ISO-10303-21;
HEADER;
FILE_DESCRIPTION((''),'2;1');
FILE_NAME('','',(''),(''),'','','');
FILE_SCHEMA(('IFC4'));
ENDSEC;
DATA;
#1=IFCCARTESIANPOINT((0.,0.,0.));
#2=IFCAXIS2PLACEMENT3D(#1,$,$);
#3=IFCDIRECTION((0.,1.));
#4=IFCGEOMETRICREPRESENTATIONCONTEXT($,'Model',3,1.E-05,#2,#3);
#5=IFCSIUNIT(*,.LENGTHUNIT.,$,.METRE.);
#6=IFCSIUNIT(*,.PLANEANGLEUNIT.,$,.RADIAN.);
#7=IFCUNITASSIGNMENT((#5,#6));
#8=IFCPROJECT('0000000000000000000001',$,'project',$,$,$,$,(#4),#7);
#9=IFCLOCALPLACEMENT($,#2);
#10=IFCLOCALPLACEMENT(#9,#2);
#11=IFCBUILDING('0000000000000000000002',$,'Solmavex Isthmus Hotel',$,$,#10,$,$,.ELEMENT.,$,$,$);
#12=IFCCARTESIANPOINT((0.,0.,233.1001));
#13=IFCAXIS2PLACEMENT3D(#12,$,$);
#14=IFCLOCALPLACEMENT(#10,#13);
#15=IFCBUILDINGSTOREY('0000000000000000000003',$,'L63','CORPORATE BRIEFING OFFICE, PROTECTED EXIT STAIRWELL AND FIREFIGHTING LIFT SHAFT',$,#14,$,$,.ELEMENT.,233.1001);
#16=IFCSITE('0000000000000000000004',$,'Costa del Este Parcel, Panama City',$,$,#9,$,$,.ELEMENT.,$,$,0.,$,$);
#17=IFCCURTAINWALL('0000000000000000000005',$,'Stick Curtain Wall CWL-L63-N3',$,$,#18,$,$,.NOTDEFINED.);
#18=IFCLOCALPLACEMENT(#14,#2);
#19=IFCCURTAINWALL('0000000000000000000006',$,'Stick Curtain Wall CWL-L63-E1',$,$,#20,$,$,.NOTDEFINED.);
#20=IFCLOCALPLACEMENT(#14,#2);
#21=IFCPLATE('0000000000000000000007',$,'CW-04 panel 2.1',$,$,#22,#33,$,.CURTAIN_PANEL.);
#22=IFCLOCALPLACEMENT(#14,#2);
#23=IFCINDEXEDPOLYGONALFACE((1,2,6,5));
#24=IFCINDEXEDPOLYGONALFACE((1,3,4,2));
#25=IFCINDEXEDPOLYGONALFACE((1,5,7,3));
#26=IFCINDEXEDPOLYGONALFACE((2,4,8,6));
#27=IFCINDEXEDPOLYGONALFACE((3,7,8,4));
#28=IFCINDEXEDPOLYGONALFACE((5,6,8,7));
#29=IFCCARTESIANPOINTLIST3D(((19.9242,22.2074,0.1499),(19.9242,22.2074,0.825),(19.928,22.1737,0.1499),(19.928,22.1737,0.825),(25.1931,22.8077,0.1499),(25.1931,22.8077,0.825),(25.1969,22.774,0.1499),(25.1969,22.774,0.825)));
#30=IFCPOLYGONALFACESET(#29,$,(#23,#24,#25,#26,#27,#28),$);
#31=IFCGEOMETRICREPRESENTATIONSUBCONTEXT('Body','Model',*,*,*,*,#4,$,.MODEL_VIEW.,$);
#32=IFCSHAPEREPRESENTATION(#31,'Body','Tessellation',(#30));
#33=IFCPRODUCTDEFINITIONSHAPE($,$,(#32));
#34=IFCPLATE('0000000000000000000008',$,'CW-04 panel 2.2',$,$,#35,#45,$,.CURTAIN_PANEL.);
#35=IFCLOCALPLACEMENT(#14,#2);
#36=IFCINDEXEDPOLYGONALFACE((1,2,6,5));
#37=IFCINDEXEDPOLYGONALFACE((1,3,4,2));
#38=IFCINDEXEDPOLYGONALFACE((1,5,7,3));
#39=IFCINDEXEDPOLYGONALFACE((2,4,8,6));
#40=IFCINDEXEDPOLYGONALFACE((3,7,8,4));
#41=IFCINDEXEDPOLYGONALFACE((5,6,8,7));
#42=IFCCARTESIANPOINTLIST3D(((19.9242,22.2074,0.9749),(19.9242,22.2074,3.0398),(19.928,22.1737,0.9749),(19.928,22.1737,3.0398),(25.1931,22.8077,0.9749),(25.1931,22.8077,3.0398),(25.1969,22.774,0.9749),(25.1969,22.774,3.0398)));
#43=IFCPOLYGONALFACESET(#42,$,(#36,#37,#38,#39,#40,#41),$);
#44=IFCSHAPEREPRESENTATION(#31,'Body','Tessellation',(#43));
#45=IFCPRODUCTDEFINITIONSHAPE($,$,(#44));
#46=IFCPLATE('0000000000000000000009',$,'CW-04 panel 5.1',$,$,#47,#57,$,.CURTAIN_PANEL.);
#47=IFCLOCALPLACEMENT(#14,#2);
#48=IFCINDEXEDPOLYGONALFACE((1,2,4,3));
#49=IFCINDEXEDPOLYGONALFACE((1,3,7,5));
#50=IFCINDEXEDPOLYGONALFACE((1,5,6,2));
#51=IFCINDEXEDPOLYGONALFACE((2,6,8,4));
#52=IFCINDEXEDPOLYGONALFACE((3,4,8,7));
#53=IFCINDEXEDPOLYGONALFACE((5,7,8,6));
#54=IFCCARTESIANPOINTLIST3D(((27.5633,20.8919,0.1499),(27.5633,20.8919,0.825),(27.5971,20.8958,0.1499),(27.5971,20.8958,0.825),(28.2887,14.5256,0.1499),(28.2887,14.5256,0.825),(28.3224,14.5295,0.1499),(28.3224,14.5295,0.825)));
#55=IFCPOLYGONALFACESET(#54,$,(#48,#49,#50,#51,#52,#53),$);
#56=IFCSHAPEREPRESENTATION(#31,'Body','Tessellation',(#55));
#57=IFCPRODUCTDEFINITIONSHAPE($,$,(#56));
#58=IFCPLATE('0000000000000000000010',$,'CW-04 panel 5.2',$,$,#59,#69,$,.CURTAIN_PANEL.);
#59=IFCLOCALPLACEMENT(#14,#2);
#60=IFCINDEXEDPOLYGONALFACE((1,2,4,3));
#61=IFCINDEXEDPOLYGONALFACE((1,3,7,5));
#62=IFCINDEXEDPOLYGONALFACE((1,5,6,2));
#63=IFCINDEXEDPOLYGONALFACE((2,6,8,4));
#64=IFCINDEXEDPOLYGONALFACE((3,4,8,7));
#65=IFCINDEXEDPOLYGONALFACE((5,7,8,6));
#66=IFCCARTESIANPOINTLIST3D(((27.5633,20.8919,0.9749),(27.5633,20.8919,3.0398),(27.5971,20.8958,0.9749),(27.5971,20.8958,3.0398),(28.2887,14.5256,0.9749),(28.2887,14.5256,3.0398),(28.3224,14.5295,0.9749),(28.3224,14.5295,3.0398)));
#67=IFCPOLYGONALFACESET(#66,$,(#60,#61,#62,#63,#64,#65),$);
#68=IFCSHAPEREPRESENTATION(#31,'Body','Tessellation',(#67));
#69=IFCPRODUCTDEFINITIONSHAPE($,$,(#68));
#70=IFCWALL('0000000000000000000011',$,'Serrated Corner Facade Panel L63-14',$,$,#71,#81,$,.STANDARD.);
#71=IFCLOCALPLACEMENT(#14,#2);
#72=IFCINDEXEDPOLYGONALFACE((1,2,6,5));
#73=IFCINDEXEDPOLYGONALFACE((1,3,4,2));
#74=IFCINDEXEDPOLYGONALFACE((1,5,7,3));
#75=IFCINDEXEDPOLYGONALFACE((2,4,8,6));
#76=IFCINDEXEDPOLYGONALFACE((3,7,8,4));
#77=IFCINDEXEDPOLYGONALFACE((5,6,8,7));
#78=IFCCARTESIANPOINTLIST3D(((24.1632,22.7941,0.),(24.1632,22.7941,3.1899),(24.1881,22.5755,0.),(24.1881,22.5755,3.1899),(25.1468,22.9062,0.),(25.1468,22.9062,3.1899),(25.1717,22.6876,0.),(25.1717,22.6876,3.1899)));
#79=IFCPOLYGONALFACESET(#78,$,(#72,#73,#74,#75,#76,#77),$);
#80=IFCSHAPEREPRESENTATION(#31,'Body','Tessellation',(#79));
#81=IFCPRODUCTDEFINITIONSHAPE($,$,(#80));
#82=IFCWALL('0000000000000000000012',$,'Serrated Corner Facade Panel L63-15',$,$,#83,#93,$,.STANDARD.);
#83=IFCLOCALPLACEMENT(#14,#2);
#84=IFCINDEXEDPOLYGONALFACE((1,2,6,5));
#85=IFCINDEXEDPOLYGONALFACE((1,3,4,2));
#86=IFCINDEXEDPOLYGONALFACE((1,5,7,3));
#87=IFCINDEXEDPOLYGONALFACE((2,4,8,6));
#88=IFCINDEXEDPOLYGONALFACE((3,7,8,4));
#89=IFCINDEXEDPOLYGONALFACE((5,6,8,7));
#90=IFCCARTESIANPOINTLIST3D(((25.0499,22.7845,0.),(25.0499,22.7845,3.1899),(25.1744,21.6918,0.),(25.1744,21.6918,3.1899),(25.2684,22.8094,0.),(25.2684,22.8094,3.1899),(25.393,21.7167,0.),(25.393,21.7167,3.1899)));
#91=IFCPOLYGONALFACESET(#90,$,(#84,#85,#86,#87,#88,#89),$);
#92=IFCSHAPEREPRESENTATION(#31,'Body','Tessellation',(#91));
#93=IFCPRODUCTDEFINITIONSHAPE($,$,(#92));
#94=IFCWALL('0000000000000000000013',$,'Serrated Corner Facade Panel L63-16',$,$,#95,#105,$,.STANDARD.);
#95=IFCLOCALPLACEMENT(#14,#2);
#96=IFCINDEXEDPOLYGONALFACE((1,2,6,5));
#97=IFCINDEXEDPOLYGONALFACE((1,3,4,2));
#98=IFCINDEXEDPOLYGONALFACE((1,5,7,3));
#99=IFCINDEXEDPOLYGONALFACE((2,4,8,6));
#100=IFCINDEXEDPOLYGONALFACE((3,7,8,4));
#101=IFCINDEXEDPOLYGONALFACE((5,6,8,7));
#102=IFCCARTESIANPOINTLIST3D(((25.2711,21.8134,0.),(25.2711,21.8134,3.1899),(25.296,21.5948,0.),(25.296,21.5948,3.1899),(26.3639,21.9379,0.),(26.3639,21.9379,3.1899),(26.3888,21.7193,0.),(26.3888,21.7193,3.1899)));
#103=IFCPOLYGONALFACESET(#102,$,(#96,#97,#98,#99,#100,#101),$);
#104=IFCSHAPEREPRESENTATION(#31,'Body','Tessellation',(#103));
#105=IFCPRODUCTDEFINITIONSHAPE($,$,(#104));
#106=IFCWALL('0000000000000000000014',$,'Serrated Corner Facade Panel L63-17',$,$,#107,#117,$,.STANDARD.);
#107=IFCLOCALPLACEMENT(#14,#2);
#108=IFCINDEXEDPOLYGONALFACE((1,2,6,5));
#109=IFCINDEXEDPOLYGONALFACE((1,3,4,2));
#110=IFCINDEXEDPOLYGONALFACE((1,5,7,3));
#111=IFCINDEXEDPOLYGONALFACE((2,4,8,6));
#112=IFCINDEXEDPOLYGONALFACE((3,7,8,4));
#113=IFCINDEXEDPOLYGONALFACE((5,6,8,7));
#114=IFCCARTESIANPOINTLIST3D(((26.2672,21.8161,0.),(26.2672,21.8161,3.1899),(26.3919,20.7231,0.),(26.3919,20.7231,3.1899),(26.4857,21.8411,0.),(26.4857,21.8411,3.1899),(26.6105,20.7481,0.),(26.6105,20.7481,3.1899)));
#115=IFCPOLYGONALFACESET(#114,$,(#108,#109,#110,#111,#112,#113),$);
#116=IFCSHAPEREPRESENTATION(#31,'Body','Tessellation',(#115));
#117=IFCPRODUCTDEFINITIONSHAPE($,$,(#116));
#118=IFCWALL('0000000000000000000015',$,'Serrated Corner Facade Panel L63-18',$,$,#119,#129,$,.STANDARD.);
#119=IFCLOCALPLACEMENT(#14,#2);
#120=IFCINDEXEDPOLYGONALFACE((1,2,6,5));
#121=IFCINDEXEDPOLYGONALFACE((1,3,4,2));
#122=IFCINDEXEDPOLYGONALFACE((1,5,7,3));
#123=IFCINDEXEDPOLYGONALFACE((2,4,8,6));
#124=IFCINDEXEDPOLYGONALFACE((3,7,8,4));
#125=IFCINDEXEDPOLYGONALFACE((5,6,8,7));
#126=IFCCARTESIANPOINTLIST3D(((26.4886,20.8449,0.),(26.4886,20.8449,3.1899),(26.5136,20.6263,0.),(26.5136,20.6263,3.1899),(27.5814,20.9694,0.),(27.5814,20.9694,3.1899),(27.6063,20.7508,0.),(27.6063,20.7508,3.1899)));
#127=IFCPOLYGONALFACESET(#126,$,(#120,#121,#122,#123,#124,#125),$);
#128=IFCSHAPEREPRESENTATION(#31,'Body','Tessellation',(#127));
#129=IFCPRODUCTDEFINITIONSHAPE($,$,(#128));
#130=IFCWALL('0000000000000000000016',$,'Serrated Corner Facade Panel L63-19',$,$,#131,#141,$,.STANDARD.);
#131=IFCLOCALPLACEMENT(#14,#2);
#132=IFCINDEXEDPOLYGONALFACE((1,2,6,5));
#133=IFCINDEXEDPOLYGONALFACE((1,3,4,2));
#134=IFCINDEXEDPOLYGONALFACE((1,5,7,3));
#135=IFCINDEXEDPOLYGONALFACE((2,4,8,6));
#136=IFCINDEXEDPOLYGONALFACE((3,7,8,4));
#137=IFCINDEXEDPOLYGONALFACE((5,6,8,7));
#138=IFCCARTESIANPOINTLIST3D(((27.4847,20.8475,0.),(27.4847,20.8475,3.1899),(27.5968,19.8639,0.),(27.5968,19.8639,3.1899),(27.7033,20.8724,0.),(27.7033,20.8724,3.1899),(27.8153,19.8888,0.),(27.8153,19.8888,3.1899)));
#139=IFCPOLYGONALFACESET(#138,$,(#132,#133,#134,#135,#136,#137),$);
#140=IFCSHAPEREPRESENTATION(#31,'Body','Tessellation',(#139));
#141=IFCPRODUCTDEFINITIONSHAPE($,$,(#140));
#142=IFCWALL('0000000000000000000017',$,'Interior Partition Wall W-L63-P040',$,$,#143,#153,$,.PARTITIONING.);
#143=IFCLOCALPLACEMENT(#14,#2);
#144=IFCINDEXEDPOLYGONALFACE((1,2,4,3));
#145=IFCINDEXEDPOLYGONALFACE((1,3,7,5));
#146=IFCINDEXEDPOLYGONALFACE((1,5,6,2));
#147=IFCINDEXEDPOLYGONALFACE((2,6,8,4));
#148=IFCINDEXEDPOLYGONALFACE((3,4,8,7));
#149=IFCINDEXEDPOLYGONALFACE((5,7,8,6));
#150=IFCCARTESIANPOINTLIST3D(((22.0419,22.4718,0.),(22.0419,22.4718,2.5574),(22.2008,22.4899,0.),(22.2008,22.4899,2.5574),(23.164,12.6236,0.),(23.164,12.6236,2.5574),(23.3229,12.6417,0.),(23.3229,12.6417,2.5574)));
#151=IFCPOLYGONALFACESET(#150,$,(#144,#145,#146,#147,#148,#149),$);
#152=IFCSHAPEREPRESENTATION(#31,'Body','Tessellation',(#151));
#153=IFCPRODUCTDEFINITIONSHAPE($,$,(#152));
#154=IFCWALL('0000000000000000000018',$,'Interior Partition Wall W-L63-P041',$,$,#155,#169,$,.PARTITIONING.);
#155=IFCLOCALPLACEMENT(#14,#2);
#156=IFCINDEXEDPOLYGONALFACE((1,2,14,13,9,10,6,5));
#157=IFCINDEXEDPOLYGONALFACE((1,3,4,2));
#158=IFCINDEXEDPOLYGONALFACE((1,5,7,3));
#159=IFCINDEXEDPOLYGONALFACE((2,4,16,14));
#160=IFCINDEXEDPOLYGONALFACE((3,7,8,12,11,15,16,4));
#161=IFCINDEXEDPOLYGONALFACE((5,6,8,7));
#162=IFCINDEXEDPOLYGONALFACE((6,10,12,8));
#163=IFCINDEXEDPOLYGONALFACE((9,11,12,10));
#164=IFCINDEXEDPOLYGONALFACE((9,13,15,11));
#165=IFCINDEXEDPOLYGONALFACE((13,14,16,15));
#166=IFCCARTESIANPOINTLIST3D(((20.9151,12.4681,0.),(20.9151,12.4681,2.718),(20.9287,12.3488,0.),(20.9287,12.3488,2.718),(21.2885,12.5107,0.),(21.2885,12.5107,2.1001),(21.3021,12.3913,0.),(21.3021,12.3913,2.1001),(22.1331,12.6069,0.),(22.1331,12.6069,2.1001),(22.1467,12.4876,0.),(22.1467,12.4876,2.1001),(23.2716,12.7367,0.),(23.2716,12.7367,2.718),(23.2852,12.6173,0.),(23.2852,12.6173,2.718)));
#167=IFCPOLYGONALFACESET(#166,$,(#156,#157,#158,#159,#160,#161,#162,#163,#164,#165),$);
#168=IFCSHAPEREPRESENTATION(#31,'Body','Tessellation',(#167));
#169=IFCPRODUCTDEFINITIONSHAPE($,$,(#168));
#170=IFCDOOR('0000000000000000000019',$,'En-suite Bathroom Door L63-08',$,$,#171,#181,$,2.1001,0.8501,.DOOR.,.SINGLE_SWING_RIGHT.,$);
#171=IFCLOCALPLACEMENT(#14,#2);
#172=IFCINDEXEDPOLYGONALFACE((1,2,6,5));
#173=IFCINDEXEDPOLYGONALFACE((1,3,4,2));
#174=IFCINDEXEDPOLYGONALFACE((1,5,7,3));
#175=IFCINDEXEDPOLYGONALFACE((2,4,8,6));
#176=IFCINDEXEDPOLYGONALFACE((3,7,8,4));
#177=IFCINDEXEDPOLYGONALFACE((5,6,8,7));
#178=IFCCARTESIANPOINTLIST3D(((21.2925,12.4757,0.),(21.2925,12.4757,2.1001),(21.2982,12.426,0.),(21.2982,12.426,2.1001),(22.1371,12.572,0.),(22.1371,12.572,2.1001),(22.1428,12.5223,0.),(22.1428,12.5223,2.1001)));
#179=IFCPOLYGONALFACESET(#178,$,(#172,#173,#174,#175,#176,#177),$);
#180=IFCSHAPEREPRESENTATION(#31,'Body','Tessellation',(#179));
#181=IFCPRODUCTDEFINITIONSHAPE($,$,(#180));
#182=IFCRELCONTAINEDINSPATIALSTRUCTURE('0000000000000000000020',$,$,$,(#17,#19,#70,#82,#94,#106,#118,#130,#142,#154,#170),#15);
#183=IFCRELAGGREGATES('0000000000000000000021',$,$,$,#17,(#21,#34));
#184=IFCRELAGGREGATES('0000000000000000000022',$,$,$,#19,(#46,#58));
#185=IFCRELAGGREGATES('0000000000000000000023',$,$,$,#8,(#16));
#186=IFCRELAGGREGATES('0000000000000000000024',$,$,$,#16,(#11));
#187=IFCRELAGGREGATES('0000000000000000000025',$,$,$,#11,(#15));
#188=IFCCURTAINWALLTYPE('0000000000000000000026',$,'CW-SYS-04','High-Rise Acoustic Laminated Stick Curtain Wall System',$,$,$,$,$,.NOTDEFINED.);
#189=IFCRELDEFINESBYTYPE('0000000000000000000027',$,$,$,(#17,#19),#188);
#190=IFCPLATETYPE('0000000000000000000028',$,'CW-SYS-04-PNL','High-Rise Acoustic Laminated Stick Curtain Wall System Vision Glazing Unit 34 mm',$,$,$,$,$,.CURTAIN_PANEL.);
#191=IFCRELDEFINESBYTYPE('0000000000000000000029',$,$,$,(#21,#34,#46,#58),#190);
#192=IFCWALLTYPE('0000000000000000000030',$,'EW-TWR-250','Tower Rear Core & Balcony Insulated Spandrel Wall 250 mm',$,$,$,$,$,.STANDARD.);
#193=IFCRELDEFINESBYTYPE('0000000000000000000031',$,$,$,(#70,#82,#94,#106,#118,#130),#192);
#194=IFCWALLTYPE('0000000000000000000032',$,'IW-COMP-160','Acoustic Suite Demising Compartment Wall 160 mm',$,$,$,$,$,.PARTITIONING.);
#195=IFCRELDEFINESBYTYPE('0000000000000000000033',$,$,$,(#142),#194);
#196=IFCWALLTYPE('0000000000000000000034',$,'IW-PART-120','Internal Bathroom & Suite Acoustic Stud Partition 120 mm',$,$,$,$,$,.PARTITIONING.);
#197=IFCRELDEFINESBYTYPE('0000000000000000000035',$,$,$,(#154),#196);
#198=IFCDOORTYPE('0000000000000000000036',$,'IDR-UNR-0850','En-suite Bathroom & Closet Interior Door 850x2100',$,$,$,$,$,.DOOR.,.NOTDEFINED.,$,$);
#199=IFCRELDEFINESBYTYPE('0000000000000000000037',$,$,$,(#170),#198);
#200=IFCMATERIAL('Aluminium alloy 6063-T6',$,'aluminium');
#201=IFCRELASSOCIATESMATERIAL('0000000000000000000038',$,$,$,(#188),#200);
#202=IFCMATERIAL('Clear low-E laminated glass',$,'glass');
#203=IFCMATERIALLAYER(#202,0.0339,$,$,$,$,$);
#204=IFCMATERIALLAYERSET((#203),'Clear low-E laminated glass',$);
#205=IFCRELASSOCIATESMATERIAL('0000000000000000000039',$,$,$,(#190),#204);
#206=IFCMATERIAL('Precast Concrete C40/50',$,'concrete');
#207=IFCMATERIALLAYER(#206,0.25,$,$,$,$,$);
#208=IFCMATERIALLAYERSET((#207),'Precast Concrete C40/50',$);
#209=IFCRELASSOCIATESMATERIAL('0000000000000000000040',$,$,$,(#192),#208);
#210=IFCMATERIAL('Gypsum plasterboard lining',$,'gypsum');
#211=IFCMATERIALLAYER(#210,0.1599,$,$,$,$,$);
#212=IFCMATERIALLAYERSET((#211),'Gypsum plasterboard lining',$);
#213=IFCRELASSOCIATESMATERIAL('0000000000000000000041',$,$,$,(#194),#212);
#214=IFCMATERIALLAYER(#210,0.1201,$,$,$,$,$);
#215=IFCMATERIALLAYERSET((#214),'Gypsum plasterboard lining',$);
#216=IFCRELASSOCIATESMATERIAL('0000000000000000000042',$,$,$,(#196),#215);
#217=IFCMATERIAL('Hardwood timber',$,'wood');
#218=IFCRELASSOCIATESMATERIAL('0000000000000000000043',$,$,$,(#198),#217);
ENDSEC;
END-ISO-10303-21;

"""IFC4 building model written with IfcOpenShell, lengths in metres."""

from ifc_helpers import new_model, si_unit, direction, frame, frame_2d, origin, origin_2d, place, context, subcontext, project, spatial, rectangle, extrude, material, layer, layer_set, type_object, element, fill, aggregate, save


model = new_model("IFC4")

# Units and contexts
model_context = context("Model", 3, precision=1e-05, world=origin(), true_north=direction((0.0, 1.0)))
body_context = subcontext(model_context, "Body", "Model", "MODEL_VIEW")
ifc_project = project(units=[si_unit("LENGTHUNIT", "METRE"), si_unit("PLANEANGLEUNIT", "RADIAN")], contexts=[model_context])

# Site, building, storey
site_placement = place(None, origin())
site = spatial("IfcSite", under=ifc_project, at=site_placement, Name="Costa del Este Parcel, Panama City", CompositionType="ELEMENT", RefElevation=0.0)
building_placement = place(site_placement, origin())
building = spatial("IfcBuilding", under=site, at=building_placement, Name="Solmavex Isthmus Hotel", CompositionType="ELEMENT")
storey_placement = place(building_placement, frame((0.0, 0.0, 233.1001)))
storey = spatial("IfcBuildingStorey", under=building, at=storey_placement, Name="L63", Description="CORPORATE BRIEFING OFFICE, PROTECTED EXIT STAIRWELL AND FIREFIGHTING LIFT SHAFT", CompositionType="ELEMENT", Elevation=233.1001)

# Curtain walls
ifc_material_1 = material(Name="Aluminium alloy 6063-T6", Category="aluminium")
curtain_wall_type = type_object("IfcCurtainWallType", Name="CW-SYS-04", Description="High-Rise Acoustic Laminated Stick Curtain Wall System", PredefinedType="NOTDEFINED", material=ifc_material_1)
curtain_wall_1_placement = place(storey_placement, origin())
curtain_wall_1 = element("IfcCurtainWall", 1, at=curtain_wall_1_placement, inside=storey, type_object=curtain_wall_type, Name="Stick Curtain Wall CWL-L63-N3", PredefinedType="NOTDEFINED")
curtain_wall_2_placement = place(storey_placement, origin())
curtain_wall_2 = element("IfcCurtainWall", 2, at=curtain_wall_2_placement, inside=storey, type_object=curtain_wall_type, Name="Stick Curtain Wall CWL-L63-E1", PredefinedType="NOTDEFINED")

# Plates
ifc_material_2 = material(Name="Clear low-E laminated glass", Category="glass")
ifc_layer_1 = layer(ifc_material_2, 0.0339)
ifc_layer_set_1 = layer_set([ifc_layer_1], Name="Clear low-E laminated glass")
plate_type = type_object("IfcPlateType", Name="CW-SYS-04-PNL", Description="High-Rise Acoustic Laminated Stick Curtain Wall System Vision Glazing Unit 34 mm", PredefinedType="CURTAIN_PANEL", material=ifc_layer_set_1)
plate_1_placement = place(storey_placement, frame((22.5605, 22.4907, 0.1499), z_axis=(0.0, 0.0, 1.0), x_axis=(0.993572, 0.113204, 0.0)))
plate_1 = element("IfcPlate", 3, at=plate_1_placement, type_object=plate_type, Name="CW-04 panel 2.1", PredefinedType="CURTAIN_PANEL", context=body_context, shape_type="SweptSolid", body=[
    extrude(rectangle(XDim=5.303, YDim=0.0339, at=origin_2d()), origin(), (0.0, 0.0, 1.0), 0.675),
])
plate_2_placement = place(storey_placement, frame((22.5605, 22.4907, 0.9749), z_axis=(0.0, 0.0, 1.0), x_axis=(0.993572, 0.113204, 0.0)))
plate_2 = element("IfcPlate", 4, at=plate_2_placement, type_object=plate_type, Name="CW-04 panel 2.2", PredefinedType="CURTAIN_PANEL", context=body_context, shape_type="SweptSolid", body=[
    extrude(rectangle(XDim=5.303, YDim=0.0339, at=origin_2d()), origin(), (0.0, 0.0, 1.0), 2.0649),
])
aggregate(curtain_wall_1, [plate_1, plate_2])
plate_3_placement = place(storey_placement, frame((27.9429, 17.7107, 0.1499), z_axis=(0.0, 0.0, 1.0), x_axis=(-0.113203, 0.993572, 0.0)))
plate_3 = element("IfcPlate", 5, at=plate_3_placement, type_object=plate_type, Name="CW-04 panel 5.1", PredefinedType="CURTAIN_PANEL", context=body_context, shape_type="SweptSolid", body=[
    extrude(rectangle(XDim=6.4075, YDim=0.0339, at=origin_2d()), origin(), (0.0, 0.0, 1.0), 0.675),
])
plate_4_placement = place(storey_placement, frame((27.9429, 17.7107, 0.9749), z_axis=(0.0, 0.0, 1.0), x_axis=(-0.113203, 0.993572, 0.0)))
plate_4 = element("IfcPlate", 6, at=plate_4_placement, type_object=plate_type, Name="CW-04 panel 5.2", PredefinedType="CURTAIN_PANEL", context=body_context, shape_type="SweptSolid", body=[
    extrude(rectangle(XDim=6.4075, YDim=0.0339, at=origin_2d()), origin(), (0.0, 0.0, 1.0), 2.0649),
])
aggregate(curtain_wall_2, [plate_3, plate_4])

# Walls
ifc_material_3 = material(Name="Precast Concrete C40/50", Category="concrete")
ifc_layer_2 = layer(ifc_material_3, 0.25)
ifc_layer_set_2 = layer_set([ifc_layer_2], Name="Precast Concrete C40/50")
wall_type_1 = type_object("IfcWallType", Name="EW-TWR-250", Description="Tower Rear Core & Balcony Insulated Spandrel Wall 250 mm", PredefinedType="STANDARD", material=ifc_layer_set_2)
wall_1_placement = place(storey_placement, frame((24.1755, 22.6848, 0.0), z_axis=(0.0, 0.0, 1.0), x_axis=(0.993573, 0.113192, 0.0)))
element("IfcWall", 7, at=wall_1_placement, inside=storey, type_object=wall_type_1, Name="Serrated Corner Facade Panel L63-14", PredefinedType="STANDARD", context=body_context, shape_type="SweptSolid", body=[
    extrude(rectangle(XDim=0.99, YDim=0.22, at=frame_2d((0.4951, 0.0))), origin(), (0.0, 0.0, 1.0), 3.1899),
])
for number, where, z_axis, x_axis, name in (
    (8, (25.1592, 22.7969, 0.0), (0.0, 0.0, 1.0), (0.113209, -0.993571, 0.0), "Serrated Corner Facade Panel L63-15"),
    (9, (25.2837, 21.7041, 0.0), (0.0, 0.0, 1.0), (0.993571, 0.113209, 0.0), "Serrated Corner Facade Panel L63-16"),
):
    element("IfcWall", number, at=place(storey_placement, frame(where, z_axis=z_axis, x_axis=x_axis)), inside=storey, type_object=wall_type_1, Name=name, PredefinedType="STANDARD", context=body_context, shape_type="SweptSolid", body=[
        extrude(rectangle(XDim=1.0999, YDim=0.22, at=frame_2d((0.5498, 0.0))), origin(), (0.0, 0.0, 1.0), 3.1899),
    ])
wall_2_placement = place(storey_placement, frame((26.3765, 21.8286, 0.0), z_axis=(0.0, 0.0, 1.0), x_axis=(0.113403, -0.993549, 0.0)))
element("IfcWall", 10, at=wall_2_placement, inside=storey, type_object=wall_type_1, Name="Serrated Corner Facade Panel L63-17", PredefinedType="STANDARD", context=body_context, shape_type="SweptSolid", body=[
    extrude(rectangle(XDim=1.1001, YDim=0.22, at=frame_2d((0.55, 0.0))), origin(), (0.0, 0.0, 1.0), 3.1899),
])
wall_3_placement = place(storey_placement, frame((26.5012, 20.7356, 0.0), z_axis=(0.0, 0.0, 1.0), x_axis=(0.993571, 0.113209, 0.0)))
element("IfcWall", 11, at=wall_3_placement, inside=storey, type_object=wall_type_1, Name="Serrated Corner Facade Panel L63-18", PredefinedType="STANDARD", context=body_context, shape_type="SweptSolid", body=[
    extrude(rectangle(XDim=1.0999, YDim=0.22, at=frame_2d((0.5498, 0.0))), origin(), (0.0, 0.0, 1.0), 3.1899),
])
wall_4_placement = place(storey_placement, frame((27.594, 20.8601, 0.0), z_axis=(0.0, 0.0, 1.0), x_axis=(0.113192, -0.993573, 0.0)))
element("IfcWall", 12, at=wall_4_placement, inside=storey, type_object=wall_type_1, Name="Serrated Corner Facade Panel L63-19", PredefinedType="STANDARD", context=body_context, shape_type="SweptSolid", body=[
    extrude(rectangle(XDim=0.99, YDim=0.22, at=frame_2d((0.4951, 0.0))), origin(), (0.0, 0.0, 1.0), 3.1899),
])
ifc_material_4 = material(Name="Gypsum plasterboard lining", Category="gypsum")
ifc_layer_3 = layer(ifc_material_4, 0.1599)
ifc_layer_set_3 = layer_set([ifc_layer_3], Name="Gypsum plasterboard lining")
wall_type_2 = type_object("IfcWallType", Name="IW-COMP-160", Description="Acoustic Suite Demising Compartment Wall 160 mm", PredefinedType="PARTITIONING", material=ifc_layer_set_3)
wall_5_placement = place(storey_placement, frame((22.1213, 22.481, 0.0), z_axis=(0.0, 0.0, 1.0), x_axis=(0.113205, -0.993572, 0.0)))
element("IfcWall", 13, at=wall_5_placement, inside=storey, type_object=wall_type_2, Name="Interior Partition Wall W-L63-P040", PredefinedType="PARTITIONING", context=body_context, shape_type="SweptSolid", body=[
    extrude(rectangle(XDim=9.9119, YDim=0.1599, at=frame_2d((4.9561, 0.0))), origin(), (0.0, 0.0, 1.0), 2.5574),
])

# Wall, opening, door
ifc_layer_4 = layer(ifc_material_4, 0.1201)
ifc_layer_set_4 = layer_set([ifc_layer_4], Name="Gypsum plasterboard lining")
wall_type_3 = type_object("IfcWallType", Name="IW-PART-120", Description="Internal Bathroom & Suite Acoustic Stud Partition 120 mm", PredefinedType="PARTITIONING", material=ifc_layer_set_4)
wall_6_placement = place(storey_placement, frame((23.2786, 12.677, 0.0), z_axis=(0.0, 0.0, 1.0), x_axis=(-0.99357, -0.113221, 0.0)))
wall_6 = element("IfcWall", 14, at=wall_6_placement, inside=storey, type_object=wall_type_3, Name="Interior Partition Wall W-L63-P041", PredefinedType="PARTITIONING", context=body_context, shape_type="SweptSolid", body=[
    extrude(rectangle(XDim=2.3718, YDim=0.1201, at=frame_2d((1.186, 0.0))), origin(), (0.0, 0.0, 1.0), 2.718),
])
opening_placement = place(wall_6_placement, frame((1.146, 0.0, 0.0)))
opening = element("IfcOpeningElement", 15, at=opening_placement, cuts=wall_6, PredefinedType="OPENING", context=body_context, shape_type="SweptSolid", body=[
    extrude(rectangle(XDim=0.8501, YDim=2.1001, at=frame_2d((0.425, 1.05))), frame((0.0, 0.0701, 0.0), z_axis=(0.0, -1.0, 0.0), x_axis=(1.0, 0.0, 0.0)), (0.0, 0.0, 1.0), 0.1401),
])
ifc_material_5 = material(Name="Hardwood timber", Category="wood")
door_type = type_object("IfcDoorType", Name="IDR-UNR-0850", Description="En-suite Bathroom & Closet Interior Door 850x2100", OperationType="NOTDEFINED", PredefinedType="DOOR", material=ifc_material_5)
door_placement = place(opening_placement, frame((0.8501, 0.0, 0.0), z_axis=(0.0, 0.0, 1.0), x_axis=(-1.0, 0.0, 0.0)))
door = element("IfcDoor", 16, at=door_placement, inside=storey, type_object=door_type, Name="En-suite Bathroom Door L63-08", OperationType="SINGLE_SWING_RIGHT", OverallHeight=2.1001, OverallWidth=0.8501, PredefinedType="DOOR", context=body_context, shape_type="SweptSolid", body=[
    extrude(rectangle(XDim=0.8501, YDim=2.1001, at=frame_2d((0.425, 1.05))), frame((0.0, 0.0249, 0.0), z_axis=(0.0, -1.0, 0.0), x_axis=(1.0, 0.0, 0.0)), (0.0, 0.0, 1.0), 0.05),
])
fill(opening, door)

save(model, "model.ifc")
